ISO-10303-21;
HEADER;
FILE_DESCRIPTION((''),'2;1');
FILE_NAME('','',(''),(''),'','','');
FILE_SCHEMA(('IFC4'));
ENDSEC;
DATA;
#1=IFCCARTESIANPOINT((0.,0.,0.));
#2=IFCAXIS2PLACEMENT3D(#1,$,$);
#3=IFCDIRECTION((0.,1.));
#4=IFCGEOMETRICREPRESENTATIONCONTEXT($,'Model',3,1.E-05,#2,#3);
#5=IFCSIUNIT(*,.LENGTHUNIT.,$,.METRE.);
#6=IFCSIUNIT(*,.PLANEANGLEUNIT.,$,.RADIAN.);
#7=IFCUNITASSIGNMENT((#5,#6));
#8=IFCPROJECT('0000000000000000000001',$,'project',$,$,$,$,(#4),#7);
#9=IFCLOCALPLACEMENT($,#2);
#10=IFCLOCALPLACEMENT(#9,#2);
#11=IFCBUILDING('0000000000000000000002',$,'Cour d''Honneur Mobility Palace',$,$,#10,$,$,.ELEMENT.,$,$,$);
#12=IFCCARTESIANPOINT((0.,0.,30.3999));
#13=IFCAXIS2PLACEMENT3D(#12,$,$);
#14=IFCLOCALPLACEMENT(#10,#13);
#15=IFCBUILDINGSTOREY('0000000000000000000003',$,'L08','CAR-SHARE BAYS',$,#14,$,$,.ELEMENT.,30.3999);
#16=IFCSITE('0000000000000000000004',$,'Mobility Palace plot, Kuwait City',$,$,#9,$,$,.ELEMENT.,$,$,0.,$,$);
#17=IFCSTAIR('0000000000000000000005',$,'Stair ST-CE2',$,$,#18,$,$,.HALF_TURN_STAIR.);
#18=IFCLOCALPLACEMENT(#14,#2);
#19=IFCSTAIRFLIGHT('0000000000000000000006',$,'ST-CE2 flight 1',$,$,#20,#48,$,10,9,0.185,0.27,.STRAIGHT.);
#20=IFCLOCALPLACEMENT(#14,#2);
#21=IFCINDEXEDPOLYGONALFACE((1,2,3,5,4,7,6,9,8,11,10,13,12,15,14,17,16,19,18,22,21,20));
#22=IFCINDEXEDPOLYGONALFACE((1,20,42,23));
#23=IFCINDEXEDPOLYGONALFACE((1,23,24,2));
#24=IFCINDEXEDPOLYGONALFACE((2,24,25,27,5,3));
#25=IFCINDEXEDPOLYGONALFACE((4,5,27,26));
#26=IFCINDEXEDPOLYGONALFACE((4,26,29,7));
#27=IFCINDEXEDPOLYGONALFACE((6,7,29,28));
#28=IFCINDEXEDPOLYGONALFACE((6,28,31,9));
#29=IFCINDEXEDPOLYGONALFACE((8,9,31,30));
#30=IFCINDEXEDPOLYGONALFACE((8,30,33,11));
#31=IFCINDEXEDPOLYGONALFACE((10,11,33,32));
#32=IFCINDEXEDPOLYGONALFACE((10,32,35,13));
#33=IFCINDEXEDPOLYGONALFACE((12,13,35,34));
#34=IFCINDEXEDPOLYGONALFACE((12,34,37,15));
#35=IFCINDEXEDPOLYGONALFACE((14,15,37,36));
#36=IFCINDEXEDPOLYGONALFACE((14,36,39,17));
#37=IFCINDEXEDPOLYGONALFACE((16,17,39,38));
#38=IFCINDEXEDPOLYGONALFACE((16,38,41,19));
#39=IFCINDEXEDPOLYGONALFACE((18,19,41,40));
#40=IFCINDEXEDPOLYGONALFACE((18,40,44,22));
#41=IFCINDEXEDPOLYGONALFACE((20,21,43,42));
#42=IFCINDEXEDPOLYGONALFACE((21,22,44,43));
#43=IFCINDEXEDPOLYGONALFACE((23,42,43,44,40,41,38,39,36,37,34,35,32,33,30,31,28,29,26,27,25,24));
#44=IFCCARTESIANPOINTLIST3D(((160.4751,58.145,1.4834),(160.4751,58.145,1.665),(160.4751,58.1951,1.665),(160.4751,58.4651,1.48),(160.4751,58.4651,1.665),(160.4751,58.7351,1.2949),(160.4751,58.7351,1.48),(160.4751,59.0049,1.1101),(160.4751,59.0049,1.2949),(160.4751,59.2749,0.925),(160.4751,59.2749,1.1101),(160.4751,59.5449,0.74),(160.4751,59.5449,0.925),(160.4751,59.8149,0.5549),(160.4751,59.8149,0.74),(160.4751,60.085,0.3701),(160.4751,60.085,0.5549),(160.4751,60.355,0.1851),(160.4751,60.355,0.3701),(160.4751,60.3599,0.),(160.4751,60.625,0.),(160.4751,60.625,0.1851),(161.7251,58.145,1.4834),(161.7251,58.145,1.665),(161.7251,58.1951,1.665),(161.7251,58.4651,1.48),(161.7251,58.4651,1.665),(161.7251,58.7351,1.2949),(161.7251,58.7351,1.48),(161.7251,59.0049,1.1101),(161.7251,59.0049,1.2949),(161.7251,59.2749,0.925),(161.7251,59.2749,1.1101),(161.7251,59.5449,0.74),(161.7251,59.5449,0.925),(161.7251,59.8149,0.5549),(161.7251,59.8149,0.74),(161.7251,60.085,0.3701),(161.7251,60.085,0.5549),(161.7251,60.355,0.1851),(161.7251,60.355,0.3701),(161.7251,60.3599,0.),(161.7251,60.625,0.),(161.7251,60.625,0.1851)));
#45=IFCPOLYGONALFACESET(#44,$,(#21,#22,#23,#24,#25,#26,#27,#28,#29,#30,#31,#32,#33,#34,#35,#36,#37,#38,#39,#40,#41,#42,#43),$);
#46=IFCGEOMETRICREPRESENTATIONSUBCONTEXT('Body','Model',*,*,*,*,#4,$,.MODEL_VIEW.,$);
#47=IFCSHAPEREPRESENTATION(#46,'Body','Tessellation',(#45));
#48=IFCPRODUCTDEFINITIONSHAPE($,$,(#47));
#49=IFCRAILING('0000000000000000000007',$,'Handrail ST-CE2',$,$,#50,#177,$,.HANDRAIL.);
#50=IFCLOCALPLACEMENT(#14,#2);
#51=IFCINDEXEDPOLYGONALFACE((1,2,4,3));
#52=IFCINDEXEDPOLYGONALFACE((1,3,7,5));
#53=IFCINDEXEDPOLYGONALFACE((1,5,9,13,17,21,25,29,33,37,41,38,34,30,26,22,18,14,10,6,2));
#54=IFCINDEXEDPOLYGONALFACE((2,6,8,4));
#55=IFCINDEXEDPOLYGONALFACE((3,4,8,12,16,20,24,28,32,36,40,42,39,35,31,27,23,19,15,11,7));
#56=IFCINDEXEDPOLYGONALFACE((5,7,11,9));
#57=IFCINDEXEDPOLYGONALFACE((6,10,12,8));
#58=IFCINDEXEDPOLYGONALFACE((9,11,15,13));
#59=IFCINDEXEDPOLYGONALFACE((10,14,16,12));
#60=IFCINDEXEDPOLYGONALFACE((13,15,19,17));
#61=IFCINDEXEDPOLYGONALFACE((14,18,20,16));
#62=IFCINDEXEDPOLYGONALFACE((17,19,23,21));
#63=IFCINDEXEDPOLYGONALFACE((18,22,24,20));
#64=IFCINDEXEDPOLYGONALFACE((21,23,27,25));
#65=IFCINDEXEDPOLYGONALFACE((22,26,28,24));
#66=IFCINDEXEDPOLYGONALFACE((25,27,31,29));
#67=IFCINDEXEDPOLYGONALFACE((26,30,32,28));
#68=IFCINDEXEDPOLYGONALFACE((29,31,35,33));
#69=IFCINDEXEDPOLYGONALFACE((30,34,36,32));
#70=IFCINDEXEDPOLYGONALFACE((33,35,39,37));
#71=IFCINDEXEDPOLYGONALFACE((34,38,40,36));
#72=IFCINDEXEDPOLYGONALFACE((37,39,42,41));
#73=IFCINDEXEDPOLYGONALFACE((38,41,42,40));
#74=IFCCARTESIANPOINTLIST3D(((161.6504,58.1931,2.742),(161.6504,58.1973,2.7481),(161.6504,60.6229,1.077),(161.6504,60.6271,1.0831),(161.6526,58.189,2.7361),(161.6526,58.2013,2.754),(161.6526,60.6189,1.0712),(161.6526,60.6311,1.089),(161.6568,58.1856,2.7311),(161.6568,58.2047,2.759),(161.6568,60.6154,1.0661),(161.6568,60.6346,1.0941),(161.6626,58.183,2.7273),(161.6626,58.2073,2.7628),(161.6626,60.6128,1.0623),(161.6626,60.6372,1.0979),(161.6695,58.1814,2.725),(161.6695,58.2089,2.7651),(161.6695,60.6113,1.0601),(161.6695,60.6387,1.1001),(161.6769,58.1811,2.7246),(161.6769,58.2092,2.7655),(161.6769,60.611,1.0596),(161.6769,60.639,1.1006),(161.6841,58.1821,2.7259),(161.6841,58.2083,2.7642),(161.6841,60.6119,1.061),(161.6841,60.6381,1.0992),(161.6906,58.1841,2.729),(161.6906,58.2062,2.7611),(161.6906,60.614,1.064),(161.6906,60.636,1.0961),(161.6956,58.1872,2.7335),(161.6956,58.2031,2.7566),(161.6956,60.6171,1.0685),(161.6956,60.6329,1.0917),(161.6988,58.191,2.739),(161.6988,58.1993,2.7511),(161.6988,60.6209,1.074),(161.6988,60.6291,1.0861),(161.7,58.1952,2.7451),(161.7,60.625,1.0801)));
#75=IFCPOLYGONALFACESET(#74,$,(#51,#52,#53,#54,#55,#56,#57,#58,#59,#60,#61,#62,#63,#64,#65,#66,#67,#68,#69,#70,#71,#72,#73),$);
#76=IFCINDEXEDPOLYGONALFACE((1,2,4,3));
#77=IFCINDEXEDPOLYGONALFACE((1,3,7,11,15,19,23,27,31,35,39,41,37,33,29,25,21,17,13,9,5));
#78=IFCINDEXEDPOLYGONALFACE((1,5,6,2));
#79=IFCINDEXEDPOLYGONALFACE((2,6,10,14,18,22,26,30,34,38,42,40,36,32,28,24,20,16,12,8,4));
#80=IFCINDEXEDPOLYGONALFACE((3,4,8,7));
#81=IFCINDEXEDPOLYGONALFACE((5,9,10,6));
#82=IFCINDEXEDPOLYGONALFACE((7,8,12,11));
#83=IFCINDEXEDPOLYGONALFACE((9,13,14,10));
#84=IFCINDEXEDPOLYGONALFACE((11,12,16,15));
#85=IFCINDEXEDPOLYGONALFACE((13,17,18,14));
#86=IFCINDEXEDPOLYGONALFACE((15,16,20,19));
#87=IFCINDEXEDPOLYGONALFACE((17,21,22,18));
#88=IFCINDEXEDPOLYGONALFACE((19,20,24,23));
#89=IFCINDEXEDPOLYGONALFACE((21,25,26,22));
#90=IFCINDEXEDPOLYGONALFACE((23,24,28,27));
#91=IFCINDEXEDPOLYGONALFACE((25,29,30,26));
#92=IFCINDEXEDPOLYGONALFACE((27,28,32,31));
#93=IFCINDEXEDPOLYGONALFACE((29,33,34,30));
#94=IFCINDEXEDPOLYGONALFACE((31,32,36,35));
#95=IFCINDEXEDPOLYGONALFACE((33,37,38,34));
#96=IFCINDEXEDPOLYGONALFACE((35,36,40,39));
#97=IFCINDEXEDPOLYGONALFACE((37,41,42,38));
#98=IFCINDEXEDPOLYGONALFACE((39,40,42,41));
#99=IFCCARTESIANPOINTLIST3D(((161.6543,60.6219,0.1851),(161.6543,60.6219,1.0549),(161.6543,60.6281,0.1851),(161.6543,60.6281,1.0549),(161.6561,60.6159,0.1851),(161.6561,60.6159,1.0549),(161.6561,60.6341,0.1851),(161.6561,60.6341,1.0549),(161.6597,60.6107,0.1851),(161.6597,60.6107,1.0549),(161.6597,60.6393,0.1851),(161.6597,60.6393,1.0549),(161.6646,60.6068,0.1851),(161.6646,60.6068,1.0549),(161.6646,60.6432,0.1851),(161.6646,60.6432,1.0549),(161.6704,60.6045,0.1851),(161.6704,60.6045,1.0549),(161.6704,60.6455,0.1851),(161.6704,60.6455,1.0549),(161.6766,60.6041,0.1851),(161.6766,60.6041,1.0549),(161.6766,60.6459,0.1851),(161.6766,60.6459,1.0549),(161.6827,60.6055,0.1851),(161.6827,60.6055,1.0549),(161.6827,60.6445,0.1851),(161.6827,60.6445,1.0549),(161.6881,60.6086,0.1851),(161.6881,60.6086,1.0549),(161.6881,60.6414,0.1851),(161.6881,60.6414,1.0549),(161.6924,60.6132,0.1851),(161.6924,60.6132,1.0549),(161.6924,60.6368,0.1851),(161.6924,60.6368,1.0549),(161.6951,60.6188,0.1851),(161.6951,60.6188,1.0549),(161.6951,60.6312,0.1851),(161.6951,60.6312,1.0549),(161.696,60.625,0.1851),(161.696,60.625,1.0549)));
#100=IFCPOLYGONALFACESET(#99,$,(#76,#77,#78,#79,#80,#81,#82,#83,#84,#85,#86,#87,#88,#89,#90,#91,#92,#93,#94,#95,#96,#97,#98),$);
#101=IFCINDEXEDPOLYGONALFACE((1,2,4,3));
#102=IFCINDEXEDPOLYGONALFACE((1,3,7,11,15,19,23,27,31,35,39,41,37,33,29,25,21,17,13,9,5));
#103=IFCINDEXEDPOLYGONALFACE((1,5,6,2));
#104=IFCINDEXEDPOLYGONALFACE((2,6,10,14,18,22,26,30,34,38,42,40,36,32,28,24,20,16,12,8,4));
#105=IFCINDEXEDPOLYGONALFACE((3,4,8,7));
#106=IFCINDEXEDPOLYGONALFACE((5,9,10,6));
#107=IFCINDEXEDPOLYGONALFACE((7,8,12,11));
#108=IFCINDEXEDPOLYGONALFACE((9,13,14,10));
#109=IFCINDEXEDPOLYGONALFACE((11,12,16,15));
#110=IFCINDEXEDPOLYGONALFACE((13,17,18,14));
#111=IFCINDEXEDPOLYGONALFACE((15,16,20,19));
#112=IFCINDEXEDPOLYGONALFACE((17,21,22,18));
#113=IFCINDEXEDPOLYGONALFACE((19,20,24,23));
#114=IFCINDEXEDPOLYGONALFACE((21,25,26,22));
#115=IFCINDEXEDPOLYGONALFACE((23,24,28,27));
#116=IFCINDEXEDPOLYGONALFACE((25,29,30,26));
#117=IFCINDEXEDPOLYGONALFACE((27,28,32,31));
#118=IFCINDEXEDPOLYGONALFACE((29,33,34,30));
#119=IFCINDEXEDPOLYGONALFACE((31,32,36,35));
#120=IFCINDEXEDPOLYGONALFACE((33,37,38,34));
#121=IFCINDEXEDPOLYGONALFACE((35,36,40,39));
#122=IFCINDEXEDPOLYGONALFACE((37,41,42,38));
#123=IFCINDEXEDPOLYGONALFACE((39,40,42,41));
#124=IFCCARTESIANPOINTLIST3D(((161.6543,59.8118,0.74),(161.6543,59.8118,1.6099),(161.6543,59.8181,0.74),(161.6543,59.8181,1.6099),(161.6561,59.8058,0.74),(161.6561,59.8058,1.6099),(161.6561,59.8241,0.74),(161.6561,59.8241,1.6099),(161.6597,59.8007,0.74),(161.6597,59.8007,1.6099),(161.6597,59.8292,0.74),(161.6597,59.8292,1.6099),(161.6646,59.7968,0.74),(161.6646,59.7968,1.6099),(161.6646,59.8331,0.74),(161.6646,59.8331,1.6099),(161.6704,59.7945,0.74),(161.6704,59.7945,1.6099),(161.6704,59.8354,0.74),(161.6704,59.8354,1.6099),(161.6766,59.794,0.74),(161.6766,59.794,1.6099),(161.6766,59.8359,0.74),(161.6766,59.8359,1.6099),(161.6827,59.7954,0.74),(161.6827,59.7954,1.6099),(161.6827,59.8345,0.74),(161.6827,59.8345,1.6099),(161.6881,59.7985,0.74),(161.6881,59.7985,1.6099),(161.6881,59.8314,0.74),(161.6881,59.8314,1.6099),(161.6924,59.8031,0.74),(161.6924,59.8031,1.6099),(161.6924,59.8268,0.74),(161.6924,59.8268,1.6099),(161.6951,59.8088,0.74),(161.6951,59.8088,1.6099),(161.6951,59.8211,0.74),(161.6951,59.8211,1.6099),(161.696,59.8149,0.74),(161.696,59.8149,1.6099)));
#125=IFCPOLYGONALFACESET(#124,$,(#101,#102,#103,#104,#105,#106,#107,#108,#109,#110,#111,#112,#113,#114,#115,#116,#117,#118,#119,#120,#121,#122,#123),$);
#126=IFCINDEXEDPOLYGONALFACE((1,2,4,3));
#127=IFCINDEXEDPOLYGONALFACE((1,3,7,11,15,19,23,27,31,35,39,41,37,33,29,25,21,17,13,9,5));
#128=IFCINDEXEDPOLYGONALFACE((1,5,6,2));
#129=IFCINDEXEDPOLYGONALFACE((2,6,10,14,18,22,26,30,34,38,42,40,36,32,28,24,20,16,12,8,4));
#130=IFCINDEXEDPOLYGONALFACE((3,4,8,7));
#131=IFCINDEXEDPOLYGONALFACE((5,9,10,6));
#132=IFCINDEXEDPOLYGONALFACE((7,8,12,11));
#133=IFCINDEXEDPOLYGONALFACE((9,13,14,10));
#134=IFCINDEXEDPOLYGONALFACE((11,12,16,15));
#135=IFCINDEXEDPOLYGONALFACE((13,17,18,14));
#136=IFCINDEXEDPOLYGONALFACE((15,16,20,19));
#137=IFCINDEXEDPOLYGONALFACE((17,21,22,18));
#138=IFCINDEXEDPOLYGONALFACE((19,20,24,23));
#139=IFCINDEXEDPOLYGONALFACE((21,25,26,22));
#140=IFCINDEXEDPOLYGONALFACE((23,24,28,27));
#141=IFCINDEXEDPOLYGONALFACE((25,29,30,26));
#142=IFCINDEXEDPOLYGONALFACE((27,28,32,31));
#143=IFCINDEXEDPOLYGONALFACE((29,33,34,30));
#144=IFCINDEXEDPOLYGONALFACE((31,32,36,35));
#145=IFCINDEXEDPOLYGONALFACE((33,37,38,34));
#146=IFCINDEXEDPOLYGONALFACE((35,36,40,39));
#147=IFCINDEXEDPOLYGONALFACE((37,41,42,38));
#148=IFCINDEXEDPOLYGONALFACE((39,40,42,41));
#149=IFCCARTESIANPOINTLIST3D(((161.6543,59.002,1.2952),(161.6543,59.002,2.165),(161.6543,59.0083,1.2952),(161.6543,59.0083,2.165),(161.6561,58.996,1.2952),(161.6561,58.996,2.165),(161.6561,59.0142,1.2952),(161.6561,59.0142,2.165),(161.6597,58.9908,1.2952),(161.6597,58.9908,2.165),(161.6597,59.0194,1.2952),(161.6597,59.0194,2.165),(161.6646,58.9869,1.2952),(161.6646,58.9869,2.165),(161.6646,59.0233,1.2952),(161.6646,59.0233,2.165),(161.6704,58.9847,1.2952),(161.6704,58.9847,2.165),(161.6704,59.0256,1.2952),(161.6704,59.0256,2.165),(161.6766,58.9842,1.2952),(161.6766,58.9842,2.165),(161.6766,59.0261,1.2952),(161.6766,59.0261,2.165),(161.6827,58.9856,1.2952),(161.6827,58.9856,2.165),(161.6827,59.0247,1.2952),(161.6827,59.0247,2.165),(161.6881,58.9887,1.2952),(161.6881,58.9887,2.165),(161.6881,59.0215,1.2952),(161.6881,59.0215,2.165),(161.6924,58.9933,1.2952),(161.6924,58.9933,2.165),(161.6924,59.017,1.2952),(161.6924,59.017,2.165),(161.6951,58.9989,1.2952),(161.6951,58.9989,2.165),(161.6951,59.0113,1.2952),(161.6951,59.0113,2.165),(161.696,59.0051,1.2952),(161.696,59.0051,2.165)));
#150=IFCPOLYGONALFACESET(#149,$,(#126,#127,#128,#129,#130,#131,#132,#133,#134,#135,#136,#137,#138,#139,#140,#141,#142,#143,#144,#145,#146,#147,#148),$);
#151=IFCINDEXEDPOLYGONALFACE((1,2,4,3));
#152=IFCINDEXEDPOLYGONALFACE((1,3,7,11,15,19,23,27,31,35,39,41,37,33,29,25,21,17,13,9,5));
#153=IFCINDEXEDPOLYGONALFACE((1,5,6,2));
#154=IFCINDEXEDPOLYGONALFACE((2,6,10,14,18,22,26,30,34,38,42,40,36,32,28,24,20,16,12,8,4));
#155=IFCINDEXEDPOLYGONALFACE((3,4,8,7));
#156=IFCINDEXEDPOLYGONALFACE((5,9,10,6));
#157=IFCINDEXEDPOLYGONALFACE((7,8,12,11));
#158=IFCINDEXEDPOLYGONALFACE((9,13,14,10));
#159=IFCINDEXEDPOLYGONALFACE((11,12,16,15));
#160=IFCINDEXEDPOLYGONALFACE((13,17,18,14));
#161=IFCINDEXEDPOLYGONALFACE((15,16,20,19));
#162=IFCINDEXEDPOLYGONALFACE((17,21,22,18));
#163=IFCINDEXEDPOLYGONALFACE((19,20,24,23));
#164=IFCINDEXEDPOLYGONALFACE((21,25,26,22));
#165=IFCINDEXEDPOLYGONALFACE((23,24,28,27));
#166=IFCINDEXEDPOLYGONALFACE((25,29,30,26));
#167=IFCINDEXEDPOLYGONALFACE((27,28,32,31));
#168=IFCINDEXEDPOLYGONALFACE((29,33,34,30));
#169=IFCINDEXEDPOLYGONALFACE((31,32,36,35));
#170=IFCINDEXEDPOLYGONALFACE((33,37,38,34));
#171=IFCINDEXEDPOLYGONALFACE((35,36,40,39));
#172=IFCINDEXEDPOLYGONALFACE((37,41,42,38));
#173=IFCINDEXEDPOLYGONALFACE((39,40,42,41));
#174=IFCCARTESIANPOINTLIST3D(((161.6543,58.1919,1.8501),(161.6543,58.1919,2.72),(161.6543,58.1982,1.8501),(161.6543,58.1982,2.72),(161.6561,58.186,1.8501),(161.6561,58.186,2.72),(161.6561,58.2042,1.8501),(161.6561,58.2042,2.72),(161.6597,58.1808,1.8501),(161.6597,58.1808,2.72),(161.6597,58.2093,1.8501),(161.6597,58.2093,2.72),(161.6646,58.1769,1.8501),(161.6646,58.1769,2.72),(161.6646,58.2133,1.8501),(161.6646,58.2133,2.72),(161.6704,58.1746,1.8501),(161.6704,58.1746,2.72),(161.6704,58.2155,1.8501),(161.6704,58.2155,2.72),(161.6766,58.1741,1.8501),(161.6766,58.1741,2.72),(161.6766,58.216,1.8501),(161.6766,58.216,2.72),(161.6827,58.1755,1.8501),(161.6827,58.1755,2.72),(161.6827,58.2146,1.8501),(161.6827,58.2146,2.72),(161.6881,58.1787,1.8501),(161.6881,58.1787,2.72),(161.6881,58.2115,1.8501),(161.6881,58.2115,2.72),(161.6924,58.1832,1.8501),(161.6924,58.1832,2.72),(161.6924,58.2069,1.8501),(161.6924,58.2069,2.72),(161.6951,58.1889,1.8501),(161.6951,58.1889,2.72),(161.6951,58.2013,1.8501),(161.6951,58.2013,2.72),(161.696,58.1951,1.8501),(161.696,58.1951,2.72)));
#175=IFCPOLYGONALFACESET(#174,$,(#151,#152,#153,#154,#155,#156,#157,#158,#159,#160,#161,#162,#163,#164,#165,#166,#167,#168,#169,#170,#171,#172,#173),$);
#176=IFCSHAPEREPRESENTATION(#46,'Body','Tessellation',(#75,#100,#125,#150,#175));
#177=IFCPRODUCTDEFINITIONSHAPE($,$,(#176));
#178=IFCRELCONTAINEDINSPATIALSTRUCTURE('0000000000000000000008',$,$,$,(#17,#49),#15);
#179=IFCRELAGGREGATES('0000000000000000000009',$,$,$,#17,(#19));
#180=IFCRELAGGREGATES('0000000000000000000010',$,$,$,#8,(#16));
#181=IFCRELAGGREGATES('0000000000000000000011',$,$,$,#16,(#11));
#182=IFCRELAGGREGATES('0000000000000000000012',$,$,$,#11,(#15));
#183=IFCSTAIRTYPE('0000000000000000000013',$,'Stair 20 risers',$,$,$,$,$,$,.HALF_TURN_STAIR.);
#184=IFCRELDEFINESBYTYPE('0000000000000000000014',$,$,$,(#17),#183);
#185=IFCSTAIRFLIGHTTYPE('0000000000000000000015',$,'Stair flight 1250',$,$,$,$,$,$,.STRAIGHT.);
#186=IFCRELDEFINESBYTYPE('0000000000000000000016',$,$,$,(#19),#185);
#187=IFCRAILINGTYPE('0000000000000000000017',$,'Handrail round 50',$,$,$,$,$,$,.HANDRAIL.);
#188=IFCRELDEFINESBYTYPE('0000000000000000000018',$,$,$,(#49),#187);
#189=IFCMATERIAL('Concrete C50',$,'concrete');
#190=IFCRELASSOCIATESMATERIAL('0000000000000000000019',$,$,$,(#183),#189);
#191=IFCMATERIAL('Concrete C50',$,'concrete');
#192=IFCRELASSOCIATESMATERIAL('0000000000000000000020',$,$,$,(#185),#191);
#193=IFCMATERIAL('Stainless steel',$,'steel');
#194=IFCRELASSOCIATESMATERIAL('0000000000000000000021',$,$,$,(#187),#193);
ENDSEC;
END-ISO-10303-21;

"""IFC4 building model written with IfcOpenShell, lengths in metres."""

from ifc_helpers import new_model, si_unit, direction, frame, origin, origin_2d, place, context, subcontext, project, spatial, polyline, circle, outline, extrude, material, type_object, element, aggregate, save


model = new_model("IFC4")

# Units and contexts
model_context = context("Model", 3, precision=1e-05, world=origin(), true_north=direction((0.0, 1.0)))
body_context = subcontext(model_context, "Body", "Model", "MODEL_VIEW")
ifc_project = project(units=[si_unit("LENGTHUNIT", "METRE"), si_unit("PLANEANGLEUNIT", "RADIAN")], contexts=[model_context])

# Site, building, storey
site_placement = place(None, origin())
site = spatial("IfcSite", under=ifc_project, at=site_placement, Name="Mobility Palace plot, Kuwait City", CompositionType="ELEMENT", RefElevation=0.0)
building_placement = place(site_placement, origin())
building = spatial("IfcBuilding", under=site, at=building_placement, Name="Cour d'Honneur Mobility Palace", CompositionType="ELEMENT")
storey_placement = place(building_placement, frame((0.0, 0.0, 30.3999)))
storey = spatial("IfcBuildingStorey", under=building, at=storey_placement, Name="L08", Description="CAR-SHARE BAYS", CompositionType="ELEMENT", Elevation=30.3999)

# Stair, stair flight
ifc_material_1 = material(Name="Concrete C50", Category="concrete")
stair_type = type_object("IfcStairType", Name="Stair 20 risers", PredefinedType="HALF_TURN_STAIR", material=ifc_material_1)
stair_placement = place(storey_placement, origin())
stair = element("IfcStair", 1, at=stair_placement, inside=storey, type_object=stair_type, Name="Stair ST-CE2", PredefinedType="HALF_TURN_STAIR")
ifc_material_2 = material(Name="Concrete C50", Category="concrete")
stair_flight_type = type_object("IfcStairFlightType", Name="Stair flight 1250", PredefinedType="STRAIGHT", material=ifc_material_2)
stair_flight_placement = place(storey_placement, frame((161.1001, 60.625, 0.0), z_axis=(0.0, 0.0, 1.0), x_axis=(0.0, -1.0, 0.0)))
stair_flight = element("IfcStairFlight", 2, at=stair_flight_placement, type_object=stair_flight_type, Name="ST-CE2 flight 1", NumberOfRisers=10, NumberOfTreads=9, PredefinedType="STRAIGHT", RiserHeight=0.185, TreadLength=0.27, context=body_context, shape_type="SweptSolid", body=[
    extrude(outline(polyline([(0.0, 0.0), (0.0, 0.1851), (0.27, 0.1851), (0.27, 0.3701), (0.54, 0.3701), (0.54, 0.5549), (0.8101, 0.5549), (0.8101, 0.74), (1.0801, 0.74), (1.0801, 0.925), (1.3501, 0.925), (1.3501, 1.1101), (1.6201, 1.1101), (1.6201, 1.2949), (1.8899, 1.2949), (1.8899, 1.48), (2.1599, 1.48), (2.1599, 1.665), (2.4299, 1.665), (2.48, 1.665), (2.48, 1.4834), (0.2651, 0.0), (0.0, 0.0)])), frame((0.0, 0.625, 0.0), z_axis=(0.0, -1.0, 0.0), x_axis=(1.0, 0.0, 0.0)), (0.0, 0.0, 1.0), 1.25),
])
aggregate(stair, [stair_flight])

# Railing
ifc_material_3 = material(Name="Stainless steel", Category="steel")
railing_type = type_object("IfcRailingType", Name="Handrail round 50", PredefinedType="HANDRAIL", material=ifc_material_3)
railing_placement = place(storey_placement, frame((161.675, 60.625, 0.1851)))
element("IfcRailing", 3, at=railing_placement, inside=storey, type_object=railing_type, Name="Handrail ST-CE2", PredefinedType="HANDRAIL", context=body_context, shape_type="SweptSolid", body=[
    extrude(circle(Radius=0.0249, at=origin_2d()), frame((0.0, 0.0, 0.895), z_axis=(0.0, -0.824919, 0.565251), x_axis=(1.0, 0.0, 0.0)), (0.0, 0.0, 1.0), 2.9456),
    extrude(circle(Radius=0.021, at=origin_2d()), origin(), (0.0, 0.0, 1.0), 0.8699),
    extrude(circle(Radius=0.021, at=origin_2d()), frame((0.0, -0.8101, 0.5549)), (0.0, 0.0, 1.0), 0.8699),
    extrude(circle(Radius=0.021, at=origin_2d()), frame((0.0, -1.6199, 1.1101)), (0.0, 0.0, 1.0), 0.8699),
    extrude(circle(Radius=0.021, at=origin_2d()), frame((0.0, -2.4299, 1.665)), (0.0, 0.0, 1.0), 0.8699),
])

save(model, "model.ifc")
